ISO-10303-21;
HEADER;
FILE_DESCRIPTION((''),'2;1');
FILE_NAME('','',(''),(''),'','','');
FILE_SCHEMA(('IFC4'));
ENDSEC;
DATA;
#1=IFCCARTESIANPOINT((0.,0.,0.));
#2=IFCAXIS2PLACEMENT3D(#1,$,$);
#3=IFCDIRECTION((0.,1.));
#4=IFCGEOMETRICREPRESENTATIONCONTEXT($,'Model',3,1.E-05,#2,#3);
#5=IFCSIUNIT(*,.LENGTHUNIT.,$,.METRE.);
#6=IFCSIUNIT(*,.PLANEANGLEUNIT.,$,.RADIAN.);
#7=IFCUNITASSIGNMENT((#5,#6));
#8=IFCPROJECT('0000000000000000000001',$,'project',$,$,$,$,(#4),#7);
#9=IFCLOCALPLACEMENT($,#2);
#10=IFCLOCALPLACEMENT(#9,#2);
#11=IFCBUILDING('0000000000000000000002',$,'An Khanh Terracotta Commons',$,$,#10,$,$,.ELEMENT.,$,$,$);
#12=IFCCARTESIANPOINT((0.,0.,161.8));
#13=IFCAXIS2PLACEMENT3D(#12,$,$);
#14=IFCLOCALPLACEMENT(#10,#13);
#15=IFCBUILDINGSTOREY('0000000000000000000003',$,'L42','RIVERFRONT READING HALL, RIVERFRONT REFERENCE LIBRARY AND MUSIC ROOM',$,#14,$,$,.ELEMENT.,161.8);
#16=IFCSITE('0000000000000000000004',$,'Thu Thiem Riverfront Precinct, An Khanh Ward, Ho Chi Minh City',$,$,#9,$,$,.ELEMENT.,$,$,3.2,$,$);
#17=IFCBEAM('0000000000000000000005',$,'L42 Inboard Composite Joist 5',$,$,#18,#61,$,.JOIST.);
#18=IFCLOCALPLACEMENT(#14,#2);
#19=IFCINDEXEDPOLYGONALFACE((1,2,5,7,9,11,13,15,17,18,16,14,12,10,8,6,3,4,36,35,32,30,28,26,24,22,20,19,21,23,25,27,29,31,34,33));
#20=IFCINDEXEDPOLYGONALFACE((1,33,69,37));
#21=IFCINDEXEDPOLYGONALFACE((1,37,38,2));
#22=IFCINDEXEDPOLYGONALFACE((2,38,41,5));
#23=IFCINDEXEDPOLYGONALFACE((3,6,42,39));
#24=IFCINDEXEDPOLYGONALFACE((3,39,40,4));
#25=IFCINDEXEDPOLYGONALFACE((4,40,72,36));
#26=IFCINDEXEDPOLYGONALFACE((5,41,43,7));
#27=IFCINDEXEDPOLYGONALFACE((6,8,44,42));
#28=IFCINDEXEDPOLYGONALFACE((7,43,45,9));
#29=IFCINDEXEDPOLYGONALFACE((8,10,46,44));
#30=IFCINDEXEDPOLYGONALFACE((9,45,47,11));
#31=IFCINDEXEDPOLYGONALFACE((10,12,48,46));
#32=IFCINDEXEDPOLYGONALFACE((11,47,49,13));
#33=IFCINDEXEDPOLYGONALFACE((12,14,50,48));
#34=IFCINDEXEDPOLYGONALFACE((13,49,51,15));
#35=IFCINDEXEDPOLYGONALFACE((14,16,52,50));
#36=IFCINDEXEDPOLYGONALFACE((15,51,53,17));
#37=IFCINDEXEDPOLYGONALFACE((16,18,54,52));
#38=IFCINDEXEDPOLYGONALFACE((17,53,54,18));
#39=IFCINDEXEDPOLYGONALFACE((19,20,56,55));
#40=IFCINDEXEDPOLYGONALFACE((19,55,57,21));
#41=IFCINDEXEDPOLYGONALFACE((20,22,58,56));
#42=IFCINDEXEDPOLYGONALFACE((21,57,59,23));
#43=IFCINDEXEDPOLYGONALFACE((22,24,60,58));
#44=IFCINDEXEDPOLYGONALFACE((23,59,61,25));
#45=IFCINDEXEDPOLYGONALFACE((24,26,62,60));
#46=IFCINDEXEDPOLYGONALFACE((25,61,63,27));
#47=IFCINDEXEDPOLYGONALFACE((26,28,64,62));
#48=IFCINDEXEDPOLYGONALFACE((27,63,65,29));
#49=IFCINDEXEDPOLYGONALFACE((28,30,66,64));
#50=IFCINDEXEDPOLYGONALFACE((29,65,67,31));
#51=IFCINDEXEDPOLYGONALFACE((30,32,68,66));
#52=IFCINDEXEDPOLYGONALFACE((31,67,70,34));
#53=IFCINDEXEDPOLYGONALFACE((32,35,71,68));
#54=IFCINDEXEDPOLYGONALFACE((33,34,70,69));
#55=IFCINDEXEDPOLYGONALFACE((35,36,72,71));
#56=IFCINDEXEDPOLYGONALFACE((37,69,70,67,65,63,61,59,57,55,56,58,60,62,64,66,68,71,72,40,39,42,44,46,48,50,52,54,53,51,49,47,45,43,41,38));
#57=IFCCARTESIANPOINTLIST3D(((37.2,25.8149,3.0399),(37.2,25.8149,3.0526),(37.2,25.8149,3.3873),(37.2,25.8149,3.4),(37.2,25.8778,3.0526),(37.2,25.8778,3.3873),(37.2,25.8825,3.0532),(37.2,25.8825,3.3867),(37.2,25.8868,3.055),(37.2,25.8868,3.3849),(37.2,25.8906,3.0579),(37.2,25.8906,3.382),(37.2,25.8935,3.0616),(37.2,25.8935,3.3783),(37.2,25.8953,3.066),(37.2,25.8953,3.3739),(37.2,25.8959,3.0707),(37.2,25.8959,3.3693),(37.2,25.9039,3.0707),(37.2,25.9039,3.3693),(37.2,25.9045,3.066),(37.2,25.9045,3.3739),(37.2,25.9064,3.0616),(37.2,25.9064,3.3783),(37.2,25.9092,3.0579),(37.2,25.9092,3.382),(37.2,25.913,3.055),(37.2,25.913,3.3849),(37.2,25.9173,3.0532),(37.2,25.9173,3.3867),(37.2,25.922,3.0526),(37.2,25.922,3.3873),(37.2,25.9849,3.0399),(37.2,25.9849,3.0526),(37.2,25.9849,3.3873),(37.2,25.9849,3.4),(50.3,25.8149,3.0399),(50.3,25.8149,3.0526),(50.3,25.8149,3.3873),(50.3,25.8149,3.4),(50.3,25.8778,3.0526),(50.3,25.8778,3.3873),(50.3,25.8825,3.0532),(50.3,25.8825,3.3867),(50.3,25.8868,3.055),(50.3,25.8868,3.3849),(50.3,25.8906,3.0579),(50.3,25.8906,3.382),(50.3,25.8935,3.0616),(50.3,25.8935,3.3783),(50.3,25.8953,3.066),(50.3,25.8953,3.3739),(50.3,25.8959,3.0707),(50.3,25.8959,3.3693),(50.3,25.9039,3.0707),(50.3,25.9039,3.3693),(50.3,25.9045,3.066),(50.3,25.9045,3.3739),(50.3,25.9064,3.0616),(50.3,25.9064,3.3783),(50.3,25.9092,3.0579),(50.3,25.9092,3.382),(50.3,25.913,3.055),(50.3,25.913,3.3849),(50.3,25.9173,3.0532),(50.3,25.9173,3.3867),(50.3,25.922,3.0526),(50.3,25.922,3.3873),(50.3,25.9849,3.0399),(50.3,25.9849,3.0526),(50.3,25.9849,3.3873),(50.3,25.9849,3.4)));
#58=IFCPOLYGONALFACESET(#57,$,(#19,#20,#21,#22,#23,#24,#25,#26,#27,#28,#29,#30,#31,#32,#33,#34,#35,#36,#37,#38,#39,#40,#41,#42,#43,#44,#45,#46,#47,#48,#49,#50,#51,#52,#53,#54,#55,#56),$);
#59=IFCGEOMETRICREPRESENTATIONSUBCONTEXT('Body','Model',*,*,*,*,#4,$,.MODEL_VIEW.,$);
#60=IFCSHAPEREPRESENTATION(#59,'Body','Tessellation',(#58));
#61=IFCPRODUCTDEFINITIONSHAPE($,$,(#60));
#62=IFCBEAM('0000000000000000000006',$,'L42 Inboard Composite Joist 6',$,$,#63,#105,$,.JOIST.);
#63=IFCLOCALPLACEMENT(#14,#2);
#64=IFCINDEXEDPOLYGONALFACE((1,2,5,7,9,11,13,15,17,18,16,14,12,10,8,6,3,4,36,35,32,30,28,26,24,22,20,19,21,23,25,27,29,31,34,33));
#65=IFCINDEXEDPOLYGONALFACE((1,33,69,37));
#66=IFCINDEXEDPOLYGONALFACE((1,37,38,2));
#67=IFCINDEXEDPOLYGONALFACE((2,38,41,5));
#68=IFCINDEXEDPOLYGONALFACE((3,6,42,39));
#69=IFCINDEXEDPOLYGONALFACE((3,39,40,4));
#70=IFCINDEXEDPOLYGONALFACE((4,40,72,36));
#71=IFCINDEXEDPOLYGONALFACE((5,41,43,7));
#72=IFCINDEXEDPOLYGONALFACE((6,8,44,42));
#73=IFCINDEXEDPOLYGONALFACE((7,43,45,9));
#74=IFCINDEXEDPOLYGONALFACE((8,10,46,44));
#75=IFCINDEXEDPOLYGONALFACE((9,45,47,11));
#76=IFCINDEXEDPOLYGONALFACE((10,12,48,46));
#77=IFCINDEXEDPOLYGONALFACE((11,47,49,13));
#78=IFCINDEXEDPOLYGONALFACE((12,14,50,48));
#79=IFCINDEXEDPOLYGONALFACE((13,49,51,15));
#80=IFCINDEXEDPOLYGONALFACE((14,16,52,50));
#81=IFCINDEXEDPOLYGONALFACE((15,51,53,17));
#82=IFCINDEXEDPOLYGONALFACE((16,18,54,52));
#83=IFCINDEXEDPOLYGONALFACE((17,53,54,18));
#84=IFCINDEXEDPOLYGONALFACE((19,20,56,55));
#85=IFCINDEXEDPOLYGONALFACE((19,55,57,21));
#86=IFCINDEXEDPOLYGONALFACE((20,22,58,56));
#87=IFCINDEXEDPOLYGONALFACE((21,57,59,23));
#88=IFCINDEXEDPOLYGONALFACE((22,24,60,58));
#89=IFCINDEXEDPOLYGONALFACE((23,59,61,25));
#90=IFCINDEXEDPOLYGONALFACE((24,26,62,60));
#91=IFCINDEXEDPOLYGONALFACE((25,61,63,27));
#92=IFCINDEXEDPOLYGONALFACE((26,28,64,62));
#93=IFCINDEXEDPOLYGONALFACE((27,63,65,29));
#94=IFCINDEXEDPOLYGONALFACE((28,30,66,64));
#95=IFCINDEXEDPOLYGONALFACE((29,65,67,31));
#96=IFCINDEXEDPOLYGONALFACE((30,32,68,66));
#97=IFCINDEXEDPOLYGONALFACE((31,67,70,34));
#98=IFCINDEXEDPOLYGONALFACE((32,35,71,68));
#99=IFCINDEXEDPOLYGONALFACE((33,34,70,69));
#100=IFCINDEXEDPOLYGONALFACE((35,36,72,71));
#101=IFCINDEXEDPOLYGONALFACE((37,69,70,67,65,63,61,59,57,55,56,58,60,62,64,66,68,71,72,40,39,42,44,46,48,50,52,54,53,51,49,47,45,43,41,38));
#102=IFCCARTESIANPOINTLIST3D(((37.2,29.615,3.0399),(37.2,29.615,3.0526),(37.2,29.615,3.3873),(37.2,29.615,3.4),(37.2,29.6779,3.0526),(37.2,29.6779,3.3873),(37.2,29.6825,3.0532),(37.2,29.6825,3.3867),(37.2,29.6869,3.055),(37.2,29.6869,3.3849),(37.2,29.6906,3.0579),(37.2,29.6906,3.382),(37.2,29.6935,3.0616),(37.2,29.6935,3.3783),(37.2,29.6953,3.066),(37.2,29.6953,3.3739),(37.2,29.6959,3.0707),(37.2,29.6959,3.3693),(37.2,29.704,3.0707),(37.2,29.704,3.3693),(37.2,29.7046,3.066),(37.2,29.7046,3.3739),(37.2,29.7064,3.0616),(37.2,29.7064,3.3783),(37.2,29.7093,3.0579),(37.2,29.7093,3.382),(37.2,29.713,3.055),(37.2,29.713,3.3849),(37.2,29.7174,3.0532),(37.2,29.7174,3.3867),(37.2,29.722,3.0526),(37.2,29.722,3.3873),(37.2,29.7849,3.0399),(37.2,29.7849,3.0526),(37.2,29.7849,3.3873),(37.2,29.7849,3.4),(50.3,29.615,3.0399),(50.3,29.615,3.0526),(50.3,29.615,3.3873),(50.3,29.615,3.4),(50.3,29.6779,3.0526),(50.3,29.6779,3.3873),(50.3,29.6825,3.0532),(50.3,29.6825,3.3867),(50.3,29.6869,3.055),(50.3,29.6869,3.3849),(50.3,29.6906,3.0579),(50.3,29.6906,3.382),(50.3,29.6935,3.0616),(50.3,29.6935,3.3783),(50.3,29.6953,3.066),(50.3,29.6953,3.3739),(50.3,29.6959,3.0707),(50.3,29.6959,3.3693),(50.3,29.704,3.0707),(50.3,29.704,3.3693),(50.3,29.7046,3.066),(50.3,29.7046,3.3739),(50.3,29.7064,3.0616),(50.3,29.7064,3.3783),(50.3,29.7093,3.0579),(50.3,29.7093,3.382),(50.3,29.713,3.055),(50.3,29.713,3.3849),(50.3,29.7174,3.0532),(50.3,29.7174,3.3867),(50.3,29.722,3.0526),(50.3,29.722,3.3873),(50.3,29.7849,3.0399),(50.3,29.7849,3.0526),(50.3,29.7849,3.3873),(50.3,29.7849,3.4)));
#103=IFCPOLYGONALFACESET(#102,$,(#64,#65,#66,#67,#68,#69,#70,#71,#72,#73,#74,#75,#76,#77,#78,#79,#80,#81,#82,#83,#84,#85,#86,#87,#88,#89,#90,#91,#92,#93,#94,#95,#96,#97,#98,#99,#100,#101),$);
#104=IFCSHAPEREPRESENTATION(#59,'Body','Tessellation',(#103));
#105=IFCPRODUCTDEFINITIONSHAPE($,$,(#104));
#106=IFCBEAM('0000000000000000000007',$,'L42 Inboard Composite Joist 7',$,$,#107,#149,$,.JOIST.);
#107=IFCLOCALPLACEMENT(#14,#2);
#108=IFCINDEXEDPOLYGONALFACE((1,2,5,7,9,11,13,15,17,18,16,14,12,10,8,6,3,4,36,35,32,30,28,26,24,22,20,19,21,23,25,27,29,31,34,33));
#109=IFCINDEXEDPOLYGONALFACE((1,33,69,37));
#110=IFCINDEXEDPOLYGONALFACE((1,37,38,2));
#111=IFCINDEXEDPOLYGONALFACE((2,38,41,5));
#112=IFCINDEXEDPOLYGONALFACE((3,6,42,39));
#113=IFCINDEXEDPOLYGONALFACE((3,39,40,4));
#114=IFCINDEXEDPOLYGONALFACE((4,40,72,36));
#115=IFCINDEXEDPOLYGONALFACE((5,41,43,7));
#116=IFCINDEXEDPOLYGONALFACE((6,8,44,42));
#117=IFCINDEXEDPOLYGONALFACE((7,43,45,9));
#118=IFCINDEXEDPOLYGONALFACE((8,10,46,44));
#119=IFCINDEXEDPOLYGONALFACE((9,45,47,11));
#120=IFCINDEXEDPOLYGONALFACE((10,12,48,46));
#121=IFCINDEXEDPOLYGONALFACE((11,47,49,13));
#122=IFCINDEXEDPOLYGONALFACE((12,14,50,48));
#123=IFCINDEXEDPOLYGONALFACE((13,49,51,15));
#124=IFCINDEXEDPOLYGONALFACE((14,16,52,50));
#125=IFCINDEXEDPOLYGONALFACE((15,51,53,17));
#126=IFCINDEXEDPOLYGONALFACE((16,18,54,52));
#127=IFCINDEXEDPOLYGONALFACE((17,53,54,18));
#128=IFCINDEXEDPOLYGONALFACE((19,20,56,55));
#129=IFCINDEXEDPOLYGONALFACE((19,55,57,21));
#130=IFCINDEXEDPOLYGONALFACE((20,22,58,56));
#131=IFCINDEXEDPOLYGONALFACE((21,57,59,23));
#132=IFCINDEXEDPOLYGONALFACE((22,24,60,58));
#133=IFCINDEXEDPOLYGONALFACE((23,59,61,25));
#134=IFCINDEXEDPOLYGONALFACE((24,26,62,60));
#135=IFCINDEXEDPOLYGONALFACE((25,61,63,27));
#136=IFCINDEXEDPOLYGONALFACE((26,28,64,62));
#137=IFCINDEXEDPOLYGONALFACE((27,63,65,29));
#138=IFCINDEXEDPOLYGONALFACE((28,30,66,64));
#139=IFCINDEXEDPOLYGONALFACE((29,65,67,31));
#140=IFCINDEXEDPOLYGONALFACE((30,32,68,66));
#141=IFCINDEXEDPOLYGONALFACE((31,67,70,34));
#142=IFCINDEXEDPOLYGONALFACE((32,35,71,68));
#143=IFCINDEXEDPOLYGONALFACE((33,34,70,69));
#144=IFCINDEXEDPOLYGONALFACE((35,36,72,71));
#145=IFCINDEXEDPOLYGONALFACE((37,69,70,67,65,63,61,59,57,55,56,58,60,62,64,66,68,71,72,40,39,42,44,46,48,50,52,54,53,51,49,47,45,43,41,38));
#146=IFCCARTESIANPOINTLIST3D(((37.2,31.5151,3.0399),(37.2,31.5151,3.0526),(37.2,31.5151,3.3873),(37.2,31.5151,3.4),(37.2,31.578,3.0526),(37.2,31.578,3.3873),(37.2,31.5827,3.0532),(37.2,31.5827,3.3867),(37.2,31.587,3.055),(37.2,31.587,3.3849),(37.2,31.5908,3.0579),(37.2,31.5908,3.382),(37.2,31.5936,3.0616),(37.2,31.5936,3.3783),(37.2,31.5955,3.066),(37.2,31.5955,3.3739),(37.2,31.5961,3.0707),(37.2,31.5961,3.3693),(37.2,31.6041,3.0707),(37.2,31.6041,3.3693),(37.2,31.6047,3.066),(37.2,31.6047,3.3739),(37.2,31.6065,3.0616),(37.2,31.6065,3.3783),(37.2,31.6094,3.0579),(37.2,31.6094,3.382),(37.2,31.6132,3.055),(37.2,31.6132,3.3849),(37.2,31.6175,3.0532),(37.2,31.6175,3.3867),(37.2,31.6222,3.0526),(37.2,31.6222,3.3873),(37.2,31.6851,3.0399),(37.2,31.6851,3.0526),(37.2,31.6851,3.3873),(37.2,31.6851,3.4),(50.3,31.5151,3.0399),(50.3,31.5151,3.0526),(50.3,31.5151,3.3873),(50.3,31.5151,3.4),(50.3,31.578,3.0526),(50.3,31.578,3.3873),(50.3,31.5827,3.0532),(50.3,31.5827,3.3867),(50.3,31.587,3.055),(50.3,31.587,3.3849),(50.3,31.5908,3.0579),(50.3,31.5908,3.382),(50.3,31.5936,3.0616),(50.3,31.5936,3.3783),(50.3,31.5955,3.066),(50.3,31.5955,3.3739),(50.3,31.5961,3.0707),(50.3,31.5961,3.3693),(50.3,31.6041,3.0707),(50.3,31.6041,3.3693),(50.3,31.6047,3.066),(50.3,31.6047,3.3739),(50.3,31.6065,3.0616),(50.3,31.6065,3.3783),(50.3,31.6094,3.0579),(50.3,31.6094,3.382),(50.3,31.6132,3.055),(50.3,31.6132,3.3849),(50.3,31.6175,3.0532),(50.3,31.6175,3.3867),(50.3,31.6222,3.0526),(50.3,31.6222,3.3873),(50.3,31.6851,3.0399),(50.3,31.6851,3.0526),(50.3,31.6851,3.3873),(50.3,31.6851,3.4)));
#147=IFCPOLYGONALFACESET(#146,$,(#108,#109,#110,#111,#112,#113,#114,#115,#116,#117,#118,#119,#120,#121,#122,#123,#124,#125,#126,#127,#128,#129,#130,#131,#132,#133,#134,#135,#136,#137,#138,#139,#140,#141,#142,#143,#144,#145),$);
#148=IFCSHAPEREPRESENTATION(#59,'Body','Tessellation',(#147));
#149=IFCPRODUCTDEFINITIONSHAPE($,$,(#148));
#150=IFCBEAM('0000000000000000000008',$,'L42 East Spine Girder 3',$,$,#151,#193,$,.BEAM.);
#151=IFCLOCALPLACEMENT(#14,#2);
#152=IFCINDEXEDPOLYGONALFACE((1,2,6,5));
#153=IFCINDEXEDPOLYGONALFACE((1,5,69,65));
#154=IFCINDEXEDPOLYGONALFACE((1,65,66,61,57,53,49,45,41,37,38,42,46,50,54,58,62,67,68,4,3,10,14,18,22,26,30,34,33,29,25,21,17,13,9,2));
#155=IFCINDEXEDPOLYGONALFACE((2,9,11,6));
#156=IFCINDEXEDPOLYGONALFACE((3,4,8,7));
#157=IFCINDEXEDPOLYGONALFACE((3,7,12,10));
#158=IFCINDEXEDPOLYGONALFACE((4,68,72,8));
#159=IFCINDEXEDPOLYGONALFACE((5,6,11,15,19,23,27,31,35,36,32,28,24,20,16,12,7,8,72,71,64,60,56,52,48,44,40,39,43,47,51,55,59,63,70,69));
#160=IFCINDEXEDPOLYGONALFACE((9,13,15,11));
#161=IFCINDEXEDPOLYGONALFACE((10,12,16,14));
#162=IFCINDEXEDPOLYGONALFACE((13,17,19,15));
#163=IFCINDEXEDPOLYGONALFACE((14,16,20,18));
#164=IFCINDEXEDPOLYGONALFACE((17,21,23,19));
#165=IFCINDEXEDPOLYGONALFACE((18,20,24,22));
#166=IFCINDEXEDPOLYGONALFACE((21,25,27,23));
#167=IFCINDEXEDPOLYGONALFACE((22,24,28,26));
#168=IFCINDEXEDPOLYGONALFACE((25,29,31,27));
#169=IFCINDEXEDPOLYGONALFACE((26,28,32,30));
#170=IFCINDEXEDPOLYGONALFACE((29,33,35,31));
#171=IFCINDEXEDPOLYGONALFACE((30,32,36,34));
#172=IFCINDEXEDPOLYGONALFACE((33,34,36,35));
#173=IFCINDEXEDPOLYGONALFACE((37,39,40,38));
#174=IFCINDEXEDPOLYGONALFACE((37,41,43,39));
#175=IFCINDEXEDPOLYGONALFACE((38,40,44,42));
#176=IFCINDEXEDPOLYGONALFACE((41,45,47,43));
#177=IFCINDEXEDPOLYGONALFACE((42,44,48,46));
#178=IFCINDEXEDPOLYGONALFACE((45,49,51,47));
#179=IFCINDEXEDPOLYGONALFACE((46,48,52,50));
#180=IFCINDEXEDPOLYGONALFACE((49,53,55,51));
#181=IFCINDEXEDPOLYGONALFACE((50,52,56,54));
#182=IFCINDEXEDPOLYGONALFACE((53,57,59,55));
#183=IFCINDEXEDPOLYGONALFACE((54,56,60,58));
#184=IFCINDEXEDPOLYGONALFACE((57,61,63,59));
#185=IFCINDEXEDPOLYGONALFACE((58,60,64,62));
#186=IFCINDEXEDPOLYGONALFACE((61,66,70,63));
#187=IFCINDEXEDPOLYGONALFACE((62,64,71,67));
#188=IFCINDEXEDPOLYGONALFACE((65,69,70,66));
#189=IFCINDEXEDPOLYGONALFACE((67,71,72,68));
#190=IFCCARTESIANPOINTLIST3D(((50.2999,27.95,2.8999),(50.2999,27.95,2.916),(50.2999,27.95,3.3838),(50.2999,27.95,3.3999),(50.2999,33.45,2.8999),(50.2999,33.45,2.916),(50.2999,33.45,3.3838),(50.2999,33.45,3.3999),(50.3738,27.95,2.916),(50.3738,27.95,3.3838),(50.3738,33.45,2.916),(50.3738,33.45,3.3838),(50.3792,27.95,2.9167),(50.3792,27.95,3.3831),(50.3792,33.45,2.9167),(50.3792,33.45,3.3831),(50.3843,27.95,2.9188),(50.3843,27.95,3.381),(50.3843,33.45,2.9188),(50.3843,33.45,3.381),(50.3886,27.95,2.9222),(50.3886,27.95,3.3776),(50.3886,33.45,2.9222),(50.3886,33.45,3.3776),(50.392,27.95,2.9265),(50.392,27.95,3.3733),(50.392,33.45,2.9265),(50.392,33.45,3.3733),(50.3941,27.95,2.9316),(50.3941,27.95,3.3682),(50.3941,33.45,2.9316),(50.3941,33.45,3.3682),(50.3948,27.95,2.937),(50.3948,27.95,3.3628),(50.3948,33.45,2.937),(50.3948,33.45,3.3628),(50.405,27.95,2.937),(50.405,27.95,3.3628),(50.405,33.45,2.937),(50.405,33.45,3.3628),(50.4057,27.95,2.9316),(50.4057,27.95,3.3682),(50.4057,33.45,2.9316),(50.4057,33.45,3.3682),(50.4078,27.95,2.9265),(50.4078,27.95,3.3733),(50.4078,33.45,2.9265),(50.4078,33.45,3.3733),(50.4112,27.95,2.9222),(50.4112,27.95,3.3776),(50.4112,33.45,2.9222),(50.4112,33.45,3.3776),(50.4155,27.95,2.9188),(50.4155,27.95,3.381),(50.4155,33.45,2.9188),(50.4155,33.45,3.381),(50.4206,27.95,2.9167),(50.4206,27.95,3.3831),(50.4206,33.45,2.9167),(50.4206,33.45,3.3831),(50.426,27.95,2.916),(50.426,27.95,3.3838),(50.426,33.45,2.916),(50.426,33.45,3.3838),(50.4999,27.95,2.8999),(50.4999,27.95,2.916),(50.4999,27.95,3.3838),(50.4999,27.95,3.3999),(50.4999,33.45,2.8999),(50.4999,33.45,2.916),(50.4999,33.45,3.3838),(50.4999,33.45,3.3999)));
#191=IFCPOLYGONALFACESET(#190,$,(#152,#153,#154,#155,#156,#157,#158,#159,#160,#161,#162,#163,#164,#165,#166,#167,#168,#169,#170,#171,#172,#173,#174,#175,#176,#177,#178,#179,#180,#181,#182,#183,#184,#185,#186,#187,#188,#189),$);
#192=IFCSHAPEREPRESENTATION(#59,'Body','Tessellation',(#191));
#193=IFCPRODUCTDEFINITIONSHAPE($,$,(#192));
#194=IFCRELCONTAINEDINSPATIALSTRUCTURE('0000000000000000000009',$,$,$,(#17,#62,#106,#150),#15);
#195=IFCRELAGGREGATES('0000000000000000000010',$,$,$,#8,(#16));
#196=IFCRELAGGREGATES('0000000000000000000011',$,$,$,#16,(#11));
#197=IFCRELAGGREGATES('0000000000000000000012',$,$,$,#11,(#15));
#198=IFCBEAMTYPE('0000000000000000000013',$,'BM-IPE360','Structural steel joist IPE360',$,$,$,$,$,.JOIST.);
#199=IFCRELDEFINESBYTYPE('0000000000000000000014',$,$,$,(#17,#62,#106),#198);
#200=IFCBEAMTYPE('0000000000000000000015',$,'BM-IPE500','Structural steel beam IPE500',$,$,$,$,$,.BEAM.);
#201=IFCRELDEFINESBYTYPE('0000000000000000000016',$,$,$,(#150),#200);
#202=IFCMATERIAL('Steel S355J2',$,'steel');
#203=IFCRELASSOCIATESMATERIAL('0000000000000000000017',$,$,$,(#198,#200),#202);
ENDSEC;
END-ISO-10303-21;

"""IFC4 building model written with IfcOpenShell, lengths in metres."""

from ifc_helpers import new_model, si_unit, direction, frame, origin, origin_2d, place, context, subcontext, project, spatial, i_section, extrude, material, material_profile, profile_set, type_object, element, save


model = new_model("IFC4")

# Units and contexts
model_context = context("Model", 3, precision=1e-05, world=origin(), true_north=direction((0.0, 1.0)))
body_context = subcontext(model_context, "Body", "Model", "MODEL_VIEW")
ifc_project = project(units=[si_unit("LENGTHUNIT", "METRE"), si_unit("PLANEANGLEUNIT", "RADIAN")], contexts=[model_context])

# Site, building, storey
site_placement = place(None, origin())
site = spatial("IfcSite", under=ifc_project, at=site_placement, Name="Thu Thiem Riverfront Precinct, An Khanh Ward, Ho Chi Minh City", CompositionType="ELEMENT", RefElevation=3.2)
building_placement = place(site_placement, origin())
building = spatial("IfcBuilding", under=site, at=building_placement, Name="An Khanh Terracotta Commons", CompositionType="ELEMENT")
storey_placement = place(building_placement, frame((0.0, 0.0, 161.8)))
storey = spatial("IfcBuildingStorey", under=building, at=storey_placement, Name="L42", Description="RIVERFRONT READING HALL, RIVERFRONT REFERENCE LIBRARY AND MUSIC ROOM", CompositionType="ELEMENT", Elevation=161.8)

# Beams
ifc_material_1 = material(Name="Steel S355J2", Category="steel")
ifc_material_profile_1 = material_profile(ifc_material_1, i_section(OverallWidth=0.1699, OverallDepth=0.3601, WebThickness=0.0081, FlangeThickness=0.0127, FilletRadius=0.0181, at=origin_2d()), Name="IPE360")
ifc_profile_set_1 = profile_set([ifc_material_profile_1], Name="Steel S355J2")
beam_type_1 = type_object("IfcBeamType", Name="BM-IPE360", Description="Structural steel joist IPE360", PredefinedType="JOIST", material=ifc_profile_set_1)
for number, where, z_axis, x_axis, name in (
    (1, (37.2, 25.8999, 3.22), (1.0, 0.0, 0.0), (0.0, 1.0, 0.0), "L42 Inboard Composite Joist 5"),
    (2, (37.2, 29.7, 3.22), (1.0, 0.0, 0.0), (0.0, 1.0, 0.0), "L42 Inboard Composite Joist 6"),
    (3, (37.2, 31.6001, 3.22), (1.0, 0.0, 0.0), (0.0, 1.0, 0.0), "L42 Inboard Composite Joist 7"),
):
    element("IfcBeam", number, at=place(storey_placement, frame(where, z_axis=z_axis, x_axis=x_axis)), inside=storey, type_object=beam_type_1, Name=name, PredefinedType="JOIST", context=body_context, shape_type="SweptSolid", body=[
        extrude(i_section(OverallWidth=0.1699, OverallDepth=0.3601, WebThickness=0.0081, FlangeThickness=0.0127, FilletRadius=0.0181, at=origin_2d()), origin(), (0.0, 0.0, 1.0), 13.1001),
    ])
ifc_material_profile_2 = material_profile(ifc_material_1, i_section(OverallWidth=0.2, OverallDepth=0.5, WebThickness=0.0103, FlangeThickness=0.0161, FilletRadius=0.021, at=origin_2d()), Name="IPE500")
ifc_profile_set_2 = profile_set([ifc_material_profile_2], Name="Steel S355J2")
beam_type_2 = type_object("IfcBeamType", Name="BM-IPE500", Description="Structural steel beam IPE500", PredefinedType="BEAM", material=ifc_profile_set_2)
beam_1_placement = place(storey_placement, frame((50.3999, 27.95, 3.1499), z_axis=(0.0, 1.0, 0.0), x_axis=(-1.0, 0.0, 0.0)))
element("IfcBeam", 4, at=beam_1_placement, inside=storey, type_object=beam_type_2, Name="L42 East Spine Girder 3", PredefinedType="BEAM", context=body_context, shape_type="SweptSolid", body=[
    extrude(i_section(OverallWidth=0.2, OverallDepth=0.5, WebThickness=0.0103, FlangeThickness=0.0161, FilletRadius=0.021, at=origin_2d()), origin(), (0.0, 0.0, 1.0), 5.5),
])

save(model, "model.ifc")
